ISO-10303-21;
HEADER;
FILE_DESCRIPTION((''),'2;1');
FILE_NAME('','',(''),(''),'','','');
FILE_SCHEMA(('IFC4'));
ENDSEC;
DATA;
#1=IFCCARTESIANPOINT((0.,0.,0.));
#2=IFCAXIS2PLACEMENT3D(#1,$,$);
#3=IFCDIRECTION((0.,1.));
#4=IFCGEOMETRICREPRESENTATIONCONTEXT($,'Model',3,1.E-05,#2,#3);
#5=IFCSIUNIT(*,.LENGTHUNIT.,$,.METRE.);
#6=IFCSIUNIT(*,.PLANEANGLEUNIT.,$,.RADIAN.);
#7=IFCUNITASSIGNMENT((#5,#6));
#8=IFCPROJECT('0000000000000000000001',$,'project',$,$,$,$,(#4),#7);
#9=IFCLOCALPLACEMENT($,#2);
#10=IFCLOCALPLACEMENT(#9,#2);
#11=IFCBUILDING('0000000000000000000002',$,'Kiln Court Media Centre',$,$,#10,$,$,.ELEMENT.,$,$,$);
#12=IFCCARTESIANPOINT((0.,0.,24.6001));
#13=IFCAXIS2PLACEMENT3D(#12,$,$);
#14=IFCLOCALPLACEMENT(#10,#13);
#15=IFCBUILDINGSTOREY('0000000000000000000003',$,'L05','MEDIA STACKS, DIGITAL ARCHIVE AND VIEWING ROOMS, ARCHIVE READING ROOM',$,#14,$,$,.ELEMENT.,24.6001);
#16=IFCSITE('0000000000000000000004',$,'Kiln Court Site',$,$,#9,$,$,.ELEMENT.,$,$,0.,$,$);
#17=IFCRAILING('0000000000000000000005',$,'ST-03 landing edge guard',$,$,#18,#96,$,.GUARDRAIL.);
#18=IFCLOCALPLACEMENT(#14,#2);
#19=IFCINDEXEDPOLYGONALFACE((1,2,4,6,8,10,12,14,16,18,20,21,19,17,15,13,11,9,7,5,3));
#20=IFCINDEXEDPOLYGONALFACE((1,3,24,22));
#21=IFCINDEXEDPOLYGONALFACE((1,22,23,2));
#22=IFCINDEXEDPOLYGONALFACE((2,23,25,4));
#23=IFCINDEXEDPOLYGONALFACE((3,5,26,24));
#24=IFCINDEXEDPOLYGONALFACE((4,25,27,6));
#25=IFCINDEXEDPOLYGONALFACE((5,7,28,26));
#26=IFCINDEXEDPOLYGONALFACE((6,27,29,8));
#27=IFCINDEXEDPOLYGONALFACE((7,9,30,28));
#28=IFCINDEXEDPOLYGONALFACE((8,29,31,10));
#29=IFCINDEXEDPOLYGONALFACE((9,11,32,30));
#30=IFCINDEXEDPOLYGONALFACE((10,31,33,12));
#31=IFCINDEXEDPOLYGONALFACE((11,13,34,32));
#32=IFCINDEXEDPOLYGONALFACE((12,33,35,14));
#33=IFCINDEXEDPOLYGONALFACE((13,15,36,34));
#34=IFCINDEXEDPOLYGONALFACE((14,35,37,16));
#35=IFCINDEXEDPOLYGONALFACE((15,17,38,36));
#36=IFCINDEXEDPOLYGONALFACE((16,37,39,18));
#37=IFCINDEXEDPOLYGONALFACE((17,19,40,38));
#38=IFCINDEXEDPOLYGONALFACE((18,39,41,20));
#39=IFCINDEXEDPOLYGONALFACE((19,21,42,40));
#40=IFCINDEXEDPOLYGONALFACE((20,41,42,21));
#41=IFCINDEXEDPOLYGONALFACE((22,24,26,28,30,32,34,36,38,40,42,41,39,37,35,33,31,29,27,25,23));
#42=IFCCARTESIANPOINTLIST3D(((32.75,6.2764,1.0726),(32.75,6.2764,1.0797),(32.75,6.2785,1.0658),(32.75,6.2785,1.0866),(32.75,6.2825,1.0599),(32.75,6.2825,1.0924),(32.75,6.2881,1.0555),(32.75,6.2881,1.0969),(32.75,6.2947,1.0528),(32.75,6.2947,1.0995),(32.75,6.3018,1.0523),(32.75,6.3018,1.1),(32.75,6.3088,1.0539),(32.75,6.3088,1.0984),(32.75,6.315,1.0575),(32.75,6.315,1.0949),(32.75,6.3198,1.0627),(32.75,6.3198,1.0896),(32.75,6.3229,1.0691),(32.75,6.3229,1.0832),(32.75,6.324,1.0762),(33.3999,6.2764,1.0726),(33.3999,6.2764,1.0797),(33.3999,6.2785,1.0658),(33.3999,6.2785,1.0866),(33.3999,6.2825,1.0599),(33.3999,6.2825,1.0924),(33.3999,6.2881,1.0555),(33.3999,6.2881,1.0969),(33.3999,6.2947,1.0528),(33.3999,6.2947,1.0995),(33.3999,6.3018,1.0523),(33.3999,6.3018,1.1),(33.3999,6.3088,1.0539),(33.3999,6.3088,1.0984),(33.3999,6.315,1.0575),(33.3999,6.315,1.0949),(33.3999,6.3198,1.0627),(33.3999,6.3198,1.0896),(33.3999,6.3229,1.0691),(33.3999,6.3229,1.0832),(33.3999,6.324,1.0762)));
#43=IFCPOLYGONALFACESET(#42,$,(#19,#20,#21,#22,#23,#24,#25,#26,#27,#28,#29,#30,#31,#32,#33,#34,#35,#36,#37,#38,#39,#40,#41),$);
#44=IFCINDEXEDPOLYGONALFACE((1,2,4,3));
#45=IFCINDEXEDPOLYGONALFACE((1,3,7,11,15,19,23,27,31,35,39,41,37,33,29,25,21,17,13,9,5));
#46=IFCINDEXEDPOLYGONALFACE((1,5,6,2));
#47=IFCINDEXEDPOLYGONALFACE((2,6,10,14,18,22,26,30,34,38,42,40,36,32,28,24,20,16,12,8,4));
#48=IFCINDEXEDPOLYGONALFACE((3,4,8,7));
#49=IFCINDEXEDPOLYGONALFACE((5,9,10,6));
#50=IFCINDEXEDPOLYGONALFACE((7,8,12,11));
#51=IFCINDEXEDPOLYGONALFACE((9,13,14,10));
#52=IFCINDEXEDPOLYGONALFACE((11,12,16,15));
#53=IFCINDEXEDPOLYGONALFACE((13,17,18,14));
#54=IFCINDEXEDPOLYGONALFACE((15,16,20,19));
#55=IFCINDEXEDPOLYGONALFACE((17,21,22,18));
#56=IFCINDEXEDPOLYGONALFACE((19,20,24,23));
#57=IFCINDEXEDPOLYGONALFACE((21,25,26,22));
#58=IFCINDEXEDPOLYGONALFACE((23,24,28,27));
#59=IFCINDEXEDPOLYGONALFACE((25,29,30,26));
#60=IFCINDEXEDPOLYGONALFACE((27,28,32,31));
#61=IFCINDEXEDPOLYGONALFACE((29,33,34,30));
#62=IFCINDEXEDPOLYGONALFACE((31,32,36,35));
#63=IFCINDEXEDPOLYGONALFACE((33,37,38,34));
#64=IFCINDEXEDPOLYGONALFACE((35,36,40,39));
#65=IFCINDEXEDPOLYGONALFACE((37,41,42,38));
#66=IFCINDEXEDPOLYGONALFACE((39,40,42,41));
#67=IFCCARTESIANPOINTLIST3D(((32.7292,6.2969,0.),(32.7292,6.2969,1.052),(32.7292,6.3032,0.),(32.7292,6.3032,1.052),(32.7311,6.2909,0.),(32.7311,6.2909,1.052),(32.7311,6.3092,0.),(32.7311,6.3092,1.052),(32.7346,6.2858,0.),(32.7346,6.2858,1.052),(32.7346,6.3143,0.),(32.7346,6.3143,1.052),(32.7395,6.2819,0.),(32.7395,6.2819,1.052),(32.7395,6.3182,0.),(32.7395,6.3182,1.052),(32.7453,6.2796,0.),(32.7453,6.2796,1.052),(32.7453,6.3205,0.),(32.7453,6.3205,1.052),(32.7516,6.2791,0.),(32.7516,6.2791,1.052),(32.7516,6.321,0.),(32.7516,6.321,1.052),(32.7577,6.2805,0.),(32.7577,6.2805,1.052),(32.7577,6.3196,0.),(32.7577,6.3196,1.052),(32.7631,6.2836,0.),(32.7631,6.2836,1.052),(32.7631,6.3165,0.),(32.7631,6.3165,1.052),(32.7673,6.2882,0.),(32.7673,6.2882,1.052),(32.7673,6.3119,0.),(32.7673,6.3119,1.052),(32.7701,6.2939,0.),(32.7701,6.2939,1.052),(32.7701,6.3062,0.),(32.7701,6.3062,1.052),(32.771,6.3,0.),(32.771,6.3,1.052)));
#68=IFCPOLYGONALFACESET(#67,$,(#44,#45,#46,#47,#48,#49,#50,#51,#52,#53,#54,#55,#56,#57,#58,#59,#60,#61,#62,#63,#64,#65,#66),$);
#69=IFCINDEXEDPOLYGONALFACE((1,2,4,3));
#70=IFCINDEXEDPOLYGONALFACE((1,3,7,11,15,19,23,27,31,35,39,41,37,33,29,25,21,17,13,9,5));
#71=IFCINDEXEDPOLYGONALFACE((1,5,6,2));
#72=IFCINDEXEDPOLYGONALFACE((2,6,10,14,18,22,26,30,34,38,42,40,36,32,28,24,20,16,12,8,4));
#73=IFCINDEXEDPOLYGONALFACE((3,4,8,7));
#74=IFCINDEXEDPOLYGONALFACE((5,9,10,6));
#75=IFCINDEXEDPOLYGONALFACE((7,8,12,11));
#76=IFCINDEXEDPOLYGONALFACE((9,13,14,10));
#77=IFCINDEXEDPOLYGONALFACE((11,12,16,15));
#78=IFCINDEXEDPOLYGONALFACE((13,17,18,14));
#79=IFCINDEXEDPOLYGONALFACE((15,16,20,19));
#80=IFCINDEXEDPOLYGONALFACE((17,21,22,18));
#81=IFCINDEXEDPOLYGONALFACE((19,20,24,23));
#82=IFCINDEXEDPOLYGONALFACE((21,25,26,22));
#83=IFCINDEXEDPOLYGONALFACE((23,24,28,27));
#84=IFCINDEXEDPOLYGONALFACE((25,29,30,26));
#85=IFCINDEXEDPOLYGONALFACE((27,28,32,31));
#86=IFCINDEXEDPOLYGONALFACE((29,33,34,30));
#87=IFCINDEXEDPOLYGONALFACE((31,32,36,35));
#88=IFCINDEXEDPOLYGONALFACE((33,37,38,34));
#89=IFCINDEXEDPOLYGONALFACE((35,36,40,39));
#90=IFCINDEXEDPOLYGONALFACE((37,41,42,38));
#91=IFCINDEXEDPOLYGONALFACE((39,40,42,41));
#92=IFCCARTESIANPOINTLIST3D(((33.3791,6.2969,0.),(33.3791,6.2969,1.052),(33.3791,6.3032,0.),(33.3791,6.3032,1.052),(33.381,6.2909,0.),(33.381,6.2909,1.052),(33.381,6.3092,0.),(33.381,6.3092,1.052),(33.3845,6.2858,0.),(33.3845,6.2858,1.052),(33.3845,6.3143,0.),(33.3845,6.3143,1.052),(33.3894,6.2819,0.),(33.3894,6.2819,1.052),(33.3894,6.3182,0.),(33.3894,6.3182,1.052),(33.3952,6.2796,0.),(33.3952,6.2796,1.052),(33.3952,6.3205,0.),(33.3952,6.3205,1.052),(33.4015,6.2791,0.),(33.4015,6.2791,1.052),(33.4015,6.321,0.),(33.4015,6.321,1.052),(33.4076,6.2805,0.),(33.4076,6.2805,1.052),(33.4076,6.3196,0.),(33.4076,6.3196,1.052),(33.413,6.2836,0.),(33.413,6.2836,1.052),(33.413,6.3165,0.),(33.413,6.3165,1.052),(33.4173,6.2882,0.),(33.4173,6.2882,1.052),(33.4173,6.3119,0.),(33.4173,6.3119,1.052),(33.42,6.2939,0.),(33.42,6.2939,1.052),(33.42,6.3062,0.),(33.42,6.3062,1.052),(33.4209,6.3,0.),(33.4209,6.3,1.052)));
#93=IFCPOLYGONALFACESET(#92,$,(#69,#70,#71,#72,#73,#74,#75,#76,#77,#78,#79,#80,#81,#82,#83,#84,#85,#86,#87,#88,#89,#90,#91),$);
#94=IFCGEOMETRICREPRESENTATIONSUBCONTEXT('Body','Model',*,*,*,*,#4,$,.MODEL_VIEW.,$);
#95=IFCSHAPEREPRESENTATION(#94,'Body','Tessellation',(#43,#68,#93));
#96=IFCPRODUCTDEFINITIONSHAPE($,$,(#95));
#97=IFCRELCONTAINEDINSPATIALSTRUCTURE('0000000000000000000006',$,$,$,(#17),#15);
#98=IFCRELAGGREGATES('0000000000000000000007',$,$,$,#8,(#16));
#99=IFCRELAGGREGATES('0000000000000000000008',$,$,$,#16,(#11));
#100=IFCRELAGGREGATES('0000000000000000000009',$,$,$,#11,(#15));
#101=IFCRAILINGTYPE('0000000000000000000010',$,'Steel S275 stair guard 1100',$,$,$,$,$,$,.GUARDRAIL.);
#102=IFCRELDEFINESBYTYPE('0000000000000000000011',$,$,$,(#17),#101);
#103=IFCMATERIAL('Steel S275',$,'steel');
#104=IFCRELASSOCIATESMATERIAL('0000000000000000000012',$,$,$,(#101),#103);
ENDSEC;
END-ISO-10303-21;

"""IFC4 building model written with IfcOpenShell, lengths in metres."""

from ifc_helpers import new_model, si_unit, direction, frame, origin, origin_2d, place, context, subcontext, project, spatial, circle, extrude, material, type_object, element, save


model = new_model("IFC4")

# Units and contexts
model_context = context("Model", 3, precision=1e-05, world=origin(), true_north=direction((0.0, 1.0)))
body_context = subcontext(model_context, "Body", "Model", "MODEL_VIEW")
ifc_project = project(units=[si_unit("LENGTHUNIT", "METRE"), si_unit("PLANEANGLEUNIT", "RADIAN")], contexts=[model_context])

# Site, building, storey
site_placement = place(None, origin())
site = spatial("IfcSite", under=ifc_project, at=site_placement, Name="Kiln Court Site", CompositionType="ELEMENT", RefElevation=0.0)
building_placement = place(site_placement, origin())
building = spatial("IfcBuilding", under=site, at=building_placement, Name="Kiln Court Media Centre", CompositionType="ELEMENT")
storey_placement = place(building_placement, frame((0.0, 0.0, 24.6001)))
storey = spatial("IfcBuildingStorey", under=building, at=storey_placement, Name="L05", Description="MEDIA STACKS, DIGITAL ARCHIVE AND VIEWING ROOMS, ARCHIVE READING ROOM", CompositionType="ELEMENT", Elevation=24.6001)

# Railing
ifc_material_1 = material(Name="Steel S275", Category="steel")
railing_type_1 = type_object("IfcRailingType", Name="Steel S275 stair guard 1100", PredefinedType="GUARDRAIL", material=ifc_material_1)
for number, where, name in (
    (1, (32.75, 6.3, 0.0), "ST-03 landing edge guard"),
):
    element("IfcRailing", number, at=place(storey_placement, frame(where)), inside=storey, type_object=railing_type_1, Name=name, PredefinedType="GUARDRAIL", context=body_context, shape_type="SweptSolid", body=[
        extrude(circle(Radius=0.0239, at=origin_2d()), frame((0.0, 0.0, 1.0762), z_axis=(1.0, 0.0, 0.0), x_axis=(0.0, 1.0, 0.0)), (0.0, 0.0, 1.0), 0.6499),
        extrude(circle(Radius=0.021, at=origin_2d()), origin(), (0.0, 0.0, 1.0), 1.052),
        extrude(circle(Radius=0.021, at=origin_2d()), frame((0.6499, 0.0, 0.0)), (0.0, 0.0, 1.0), 1.052),
    ])

save(model, "model.ifc")
